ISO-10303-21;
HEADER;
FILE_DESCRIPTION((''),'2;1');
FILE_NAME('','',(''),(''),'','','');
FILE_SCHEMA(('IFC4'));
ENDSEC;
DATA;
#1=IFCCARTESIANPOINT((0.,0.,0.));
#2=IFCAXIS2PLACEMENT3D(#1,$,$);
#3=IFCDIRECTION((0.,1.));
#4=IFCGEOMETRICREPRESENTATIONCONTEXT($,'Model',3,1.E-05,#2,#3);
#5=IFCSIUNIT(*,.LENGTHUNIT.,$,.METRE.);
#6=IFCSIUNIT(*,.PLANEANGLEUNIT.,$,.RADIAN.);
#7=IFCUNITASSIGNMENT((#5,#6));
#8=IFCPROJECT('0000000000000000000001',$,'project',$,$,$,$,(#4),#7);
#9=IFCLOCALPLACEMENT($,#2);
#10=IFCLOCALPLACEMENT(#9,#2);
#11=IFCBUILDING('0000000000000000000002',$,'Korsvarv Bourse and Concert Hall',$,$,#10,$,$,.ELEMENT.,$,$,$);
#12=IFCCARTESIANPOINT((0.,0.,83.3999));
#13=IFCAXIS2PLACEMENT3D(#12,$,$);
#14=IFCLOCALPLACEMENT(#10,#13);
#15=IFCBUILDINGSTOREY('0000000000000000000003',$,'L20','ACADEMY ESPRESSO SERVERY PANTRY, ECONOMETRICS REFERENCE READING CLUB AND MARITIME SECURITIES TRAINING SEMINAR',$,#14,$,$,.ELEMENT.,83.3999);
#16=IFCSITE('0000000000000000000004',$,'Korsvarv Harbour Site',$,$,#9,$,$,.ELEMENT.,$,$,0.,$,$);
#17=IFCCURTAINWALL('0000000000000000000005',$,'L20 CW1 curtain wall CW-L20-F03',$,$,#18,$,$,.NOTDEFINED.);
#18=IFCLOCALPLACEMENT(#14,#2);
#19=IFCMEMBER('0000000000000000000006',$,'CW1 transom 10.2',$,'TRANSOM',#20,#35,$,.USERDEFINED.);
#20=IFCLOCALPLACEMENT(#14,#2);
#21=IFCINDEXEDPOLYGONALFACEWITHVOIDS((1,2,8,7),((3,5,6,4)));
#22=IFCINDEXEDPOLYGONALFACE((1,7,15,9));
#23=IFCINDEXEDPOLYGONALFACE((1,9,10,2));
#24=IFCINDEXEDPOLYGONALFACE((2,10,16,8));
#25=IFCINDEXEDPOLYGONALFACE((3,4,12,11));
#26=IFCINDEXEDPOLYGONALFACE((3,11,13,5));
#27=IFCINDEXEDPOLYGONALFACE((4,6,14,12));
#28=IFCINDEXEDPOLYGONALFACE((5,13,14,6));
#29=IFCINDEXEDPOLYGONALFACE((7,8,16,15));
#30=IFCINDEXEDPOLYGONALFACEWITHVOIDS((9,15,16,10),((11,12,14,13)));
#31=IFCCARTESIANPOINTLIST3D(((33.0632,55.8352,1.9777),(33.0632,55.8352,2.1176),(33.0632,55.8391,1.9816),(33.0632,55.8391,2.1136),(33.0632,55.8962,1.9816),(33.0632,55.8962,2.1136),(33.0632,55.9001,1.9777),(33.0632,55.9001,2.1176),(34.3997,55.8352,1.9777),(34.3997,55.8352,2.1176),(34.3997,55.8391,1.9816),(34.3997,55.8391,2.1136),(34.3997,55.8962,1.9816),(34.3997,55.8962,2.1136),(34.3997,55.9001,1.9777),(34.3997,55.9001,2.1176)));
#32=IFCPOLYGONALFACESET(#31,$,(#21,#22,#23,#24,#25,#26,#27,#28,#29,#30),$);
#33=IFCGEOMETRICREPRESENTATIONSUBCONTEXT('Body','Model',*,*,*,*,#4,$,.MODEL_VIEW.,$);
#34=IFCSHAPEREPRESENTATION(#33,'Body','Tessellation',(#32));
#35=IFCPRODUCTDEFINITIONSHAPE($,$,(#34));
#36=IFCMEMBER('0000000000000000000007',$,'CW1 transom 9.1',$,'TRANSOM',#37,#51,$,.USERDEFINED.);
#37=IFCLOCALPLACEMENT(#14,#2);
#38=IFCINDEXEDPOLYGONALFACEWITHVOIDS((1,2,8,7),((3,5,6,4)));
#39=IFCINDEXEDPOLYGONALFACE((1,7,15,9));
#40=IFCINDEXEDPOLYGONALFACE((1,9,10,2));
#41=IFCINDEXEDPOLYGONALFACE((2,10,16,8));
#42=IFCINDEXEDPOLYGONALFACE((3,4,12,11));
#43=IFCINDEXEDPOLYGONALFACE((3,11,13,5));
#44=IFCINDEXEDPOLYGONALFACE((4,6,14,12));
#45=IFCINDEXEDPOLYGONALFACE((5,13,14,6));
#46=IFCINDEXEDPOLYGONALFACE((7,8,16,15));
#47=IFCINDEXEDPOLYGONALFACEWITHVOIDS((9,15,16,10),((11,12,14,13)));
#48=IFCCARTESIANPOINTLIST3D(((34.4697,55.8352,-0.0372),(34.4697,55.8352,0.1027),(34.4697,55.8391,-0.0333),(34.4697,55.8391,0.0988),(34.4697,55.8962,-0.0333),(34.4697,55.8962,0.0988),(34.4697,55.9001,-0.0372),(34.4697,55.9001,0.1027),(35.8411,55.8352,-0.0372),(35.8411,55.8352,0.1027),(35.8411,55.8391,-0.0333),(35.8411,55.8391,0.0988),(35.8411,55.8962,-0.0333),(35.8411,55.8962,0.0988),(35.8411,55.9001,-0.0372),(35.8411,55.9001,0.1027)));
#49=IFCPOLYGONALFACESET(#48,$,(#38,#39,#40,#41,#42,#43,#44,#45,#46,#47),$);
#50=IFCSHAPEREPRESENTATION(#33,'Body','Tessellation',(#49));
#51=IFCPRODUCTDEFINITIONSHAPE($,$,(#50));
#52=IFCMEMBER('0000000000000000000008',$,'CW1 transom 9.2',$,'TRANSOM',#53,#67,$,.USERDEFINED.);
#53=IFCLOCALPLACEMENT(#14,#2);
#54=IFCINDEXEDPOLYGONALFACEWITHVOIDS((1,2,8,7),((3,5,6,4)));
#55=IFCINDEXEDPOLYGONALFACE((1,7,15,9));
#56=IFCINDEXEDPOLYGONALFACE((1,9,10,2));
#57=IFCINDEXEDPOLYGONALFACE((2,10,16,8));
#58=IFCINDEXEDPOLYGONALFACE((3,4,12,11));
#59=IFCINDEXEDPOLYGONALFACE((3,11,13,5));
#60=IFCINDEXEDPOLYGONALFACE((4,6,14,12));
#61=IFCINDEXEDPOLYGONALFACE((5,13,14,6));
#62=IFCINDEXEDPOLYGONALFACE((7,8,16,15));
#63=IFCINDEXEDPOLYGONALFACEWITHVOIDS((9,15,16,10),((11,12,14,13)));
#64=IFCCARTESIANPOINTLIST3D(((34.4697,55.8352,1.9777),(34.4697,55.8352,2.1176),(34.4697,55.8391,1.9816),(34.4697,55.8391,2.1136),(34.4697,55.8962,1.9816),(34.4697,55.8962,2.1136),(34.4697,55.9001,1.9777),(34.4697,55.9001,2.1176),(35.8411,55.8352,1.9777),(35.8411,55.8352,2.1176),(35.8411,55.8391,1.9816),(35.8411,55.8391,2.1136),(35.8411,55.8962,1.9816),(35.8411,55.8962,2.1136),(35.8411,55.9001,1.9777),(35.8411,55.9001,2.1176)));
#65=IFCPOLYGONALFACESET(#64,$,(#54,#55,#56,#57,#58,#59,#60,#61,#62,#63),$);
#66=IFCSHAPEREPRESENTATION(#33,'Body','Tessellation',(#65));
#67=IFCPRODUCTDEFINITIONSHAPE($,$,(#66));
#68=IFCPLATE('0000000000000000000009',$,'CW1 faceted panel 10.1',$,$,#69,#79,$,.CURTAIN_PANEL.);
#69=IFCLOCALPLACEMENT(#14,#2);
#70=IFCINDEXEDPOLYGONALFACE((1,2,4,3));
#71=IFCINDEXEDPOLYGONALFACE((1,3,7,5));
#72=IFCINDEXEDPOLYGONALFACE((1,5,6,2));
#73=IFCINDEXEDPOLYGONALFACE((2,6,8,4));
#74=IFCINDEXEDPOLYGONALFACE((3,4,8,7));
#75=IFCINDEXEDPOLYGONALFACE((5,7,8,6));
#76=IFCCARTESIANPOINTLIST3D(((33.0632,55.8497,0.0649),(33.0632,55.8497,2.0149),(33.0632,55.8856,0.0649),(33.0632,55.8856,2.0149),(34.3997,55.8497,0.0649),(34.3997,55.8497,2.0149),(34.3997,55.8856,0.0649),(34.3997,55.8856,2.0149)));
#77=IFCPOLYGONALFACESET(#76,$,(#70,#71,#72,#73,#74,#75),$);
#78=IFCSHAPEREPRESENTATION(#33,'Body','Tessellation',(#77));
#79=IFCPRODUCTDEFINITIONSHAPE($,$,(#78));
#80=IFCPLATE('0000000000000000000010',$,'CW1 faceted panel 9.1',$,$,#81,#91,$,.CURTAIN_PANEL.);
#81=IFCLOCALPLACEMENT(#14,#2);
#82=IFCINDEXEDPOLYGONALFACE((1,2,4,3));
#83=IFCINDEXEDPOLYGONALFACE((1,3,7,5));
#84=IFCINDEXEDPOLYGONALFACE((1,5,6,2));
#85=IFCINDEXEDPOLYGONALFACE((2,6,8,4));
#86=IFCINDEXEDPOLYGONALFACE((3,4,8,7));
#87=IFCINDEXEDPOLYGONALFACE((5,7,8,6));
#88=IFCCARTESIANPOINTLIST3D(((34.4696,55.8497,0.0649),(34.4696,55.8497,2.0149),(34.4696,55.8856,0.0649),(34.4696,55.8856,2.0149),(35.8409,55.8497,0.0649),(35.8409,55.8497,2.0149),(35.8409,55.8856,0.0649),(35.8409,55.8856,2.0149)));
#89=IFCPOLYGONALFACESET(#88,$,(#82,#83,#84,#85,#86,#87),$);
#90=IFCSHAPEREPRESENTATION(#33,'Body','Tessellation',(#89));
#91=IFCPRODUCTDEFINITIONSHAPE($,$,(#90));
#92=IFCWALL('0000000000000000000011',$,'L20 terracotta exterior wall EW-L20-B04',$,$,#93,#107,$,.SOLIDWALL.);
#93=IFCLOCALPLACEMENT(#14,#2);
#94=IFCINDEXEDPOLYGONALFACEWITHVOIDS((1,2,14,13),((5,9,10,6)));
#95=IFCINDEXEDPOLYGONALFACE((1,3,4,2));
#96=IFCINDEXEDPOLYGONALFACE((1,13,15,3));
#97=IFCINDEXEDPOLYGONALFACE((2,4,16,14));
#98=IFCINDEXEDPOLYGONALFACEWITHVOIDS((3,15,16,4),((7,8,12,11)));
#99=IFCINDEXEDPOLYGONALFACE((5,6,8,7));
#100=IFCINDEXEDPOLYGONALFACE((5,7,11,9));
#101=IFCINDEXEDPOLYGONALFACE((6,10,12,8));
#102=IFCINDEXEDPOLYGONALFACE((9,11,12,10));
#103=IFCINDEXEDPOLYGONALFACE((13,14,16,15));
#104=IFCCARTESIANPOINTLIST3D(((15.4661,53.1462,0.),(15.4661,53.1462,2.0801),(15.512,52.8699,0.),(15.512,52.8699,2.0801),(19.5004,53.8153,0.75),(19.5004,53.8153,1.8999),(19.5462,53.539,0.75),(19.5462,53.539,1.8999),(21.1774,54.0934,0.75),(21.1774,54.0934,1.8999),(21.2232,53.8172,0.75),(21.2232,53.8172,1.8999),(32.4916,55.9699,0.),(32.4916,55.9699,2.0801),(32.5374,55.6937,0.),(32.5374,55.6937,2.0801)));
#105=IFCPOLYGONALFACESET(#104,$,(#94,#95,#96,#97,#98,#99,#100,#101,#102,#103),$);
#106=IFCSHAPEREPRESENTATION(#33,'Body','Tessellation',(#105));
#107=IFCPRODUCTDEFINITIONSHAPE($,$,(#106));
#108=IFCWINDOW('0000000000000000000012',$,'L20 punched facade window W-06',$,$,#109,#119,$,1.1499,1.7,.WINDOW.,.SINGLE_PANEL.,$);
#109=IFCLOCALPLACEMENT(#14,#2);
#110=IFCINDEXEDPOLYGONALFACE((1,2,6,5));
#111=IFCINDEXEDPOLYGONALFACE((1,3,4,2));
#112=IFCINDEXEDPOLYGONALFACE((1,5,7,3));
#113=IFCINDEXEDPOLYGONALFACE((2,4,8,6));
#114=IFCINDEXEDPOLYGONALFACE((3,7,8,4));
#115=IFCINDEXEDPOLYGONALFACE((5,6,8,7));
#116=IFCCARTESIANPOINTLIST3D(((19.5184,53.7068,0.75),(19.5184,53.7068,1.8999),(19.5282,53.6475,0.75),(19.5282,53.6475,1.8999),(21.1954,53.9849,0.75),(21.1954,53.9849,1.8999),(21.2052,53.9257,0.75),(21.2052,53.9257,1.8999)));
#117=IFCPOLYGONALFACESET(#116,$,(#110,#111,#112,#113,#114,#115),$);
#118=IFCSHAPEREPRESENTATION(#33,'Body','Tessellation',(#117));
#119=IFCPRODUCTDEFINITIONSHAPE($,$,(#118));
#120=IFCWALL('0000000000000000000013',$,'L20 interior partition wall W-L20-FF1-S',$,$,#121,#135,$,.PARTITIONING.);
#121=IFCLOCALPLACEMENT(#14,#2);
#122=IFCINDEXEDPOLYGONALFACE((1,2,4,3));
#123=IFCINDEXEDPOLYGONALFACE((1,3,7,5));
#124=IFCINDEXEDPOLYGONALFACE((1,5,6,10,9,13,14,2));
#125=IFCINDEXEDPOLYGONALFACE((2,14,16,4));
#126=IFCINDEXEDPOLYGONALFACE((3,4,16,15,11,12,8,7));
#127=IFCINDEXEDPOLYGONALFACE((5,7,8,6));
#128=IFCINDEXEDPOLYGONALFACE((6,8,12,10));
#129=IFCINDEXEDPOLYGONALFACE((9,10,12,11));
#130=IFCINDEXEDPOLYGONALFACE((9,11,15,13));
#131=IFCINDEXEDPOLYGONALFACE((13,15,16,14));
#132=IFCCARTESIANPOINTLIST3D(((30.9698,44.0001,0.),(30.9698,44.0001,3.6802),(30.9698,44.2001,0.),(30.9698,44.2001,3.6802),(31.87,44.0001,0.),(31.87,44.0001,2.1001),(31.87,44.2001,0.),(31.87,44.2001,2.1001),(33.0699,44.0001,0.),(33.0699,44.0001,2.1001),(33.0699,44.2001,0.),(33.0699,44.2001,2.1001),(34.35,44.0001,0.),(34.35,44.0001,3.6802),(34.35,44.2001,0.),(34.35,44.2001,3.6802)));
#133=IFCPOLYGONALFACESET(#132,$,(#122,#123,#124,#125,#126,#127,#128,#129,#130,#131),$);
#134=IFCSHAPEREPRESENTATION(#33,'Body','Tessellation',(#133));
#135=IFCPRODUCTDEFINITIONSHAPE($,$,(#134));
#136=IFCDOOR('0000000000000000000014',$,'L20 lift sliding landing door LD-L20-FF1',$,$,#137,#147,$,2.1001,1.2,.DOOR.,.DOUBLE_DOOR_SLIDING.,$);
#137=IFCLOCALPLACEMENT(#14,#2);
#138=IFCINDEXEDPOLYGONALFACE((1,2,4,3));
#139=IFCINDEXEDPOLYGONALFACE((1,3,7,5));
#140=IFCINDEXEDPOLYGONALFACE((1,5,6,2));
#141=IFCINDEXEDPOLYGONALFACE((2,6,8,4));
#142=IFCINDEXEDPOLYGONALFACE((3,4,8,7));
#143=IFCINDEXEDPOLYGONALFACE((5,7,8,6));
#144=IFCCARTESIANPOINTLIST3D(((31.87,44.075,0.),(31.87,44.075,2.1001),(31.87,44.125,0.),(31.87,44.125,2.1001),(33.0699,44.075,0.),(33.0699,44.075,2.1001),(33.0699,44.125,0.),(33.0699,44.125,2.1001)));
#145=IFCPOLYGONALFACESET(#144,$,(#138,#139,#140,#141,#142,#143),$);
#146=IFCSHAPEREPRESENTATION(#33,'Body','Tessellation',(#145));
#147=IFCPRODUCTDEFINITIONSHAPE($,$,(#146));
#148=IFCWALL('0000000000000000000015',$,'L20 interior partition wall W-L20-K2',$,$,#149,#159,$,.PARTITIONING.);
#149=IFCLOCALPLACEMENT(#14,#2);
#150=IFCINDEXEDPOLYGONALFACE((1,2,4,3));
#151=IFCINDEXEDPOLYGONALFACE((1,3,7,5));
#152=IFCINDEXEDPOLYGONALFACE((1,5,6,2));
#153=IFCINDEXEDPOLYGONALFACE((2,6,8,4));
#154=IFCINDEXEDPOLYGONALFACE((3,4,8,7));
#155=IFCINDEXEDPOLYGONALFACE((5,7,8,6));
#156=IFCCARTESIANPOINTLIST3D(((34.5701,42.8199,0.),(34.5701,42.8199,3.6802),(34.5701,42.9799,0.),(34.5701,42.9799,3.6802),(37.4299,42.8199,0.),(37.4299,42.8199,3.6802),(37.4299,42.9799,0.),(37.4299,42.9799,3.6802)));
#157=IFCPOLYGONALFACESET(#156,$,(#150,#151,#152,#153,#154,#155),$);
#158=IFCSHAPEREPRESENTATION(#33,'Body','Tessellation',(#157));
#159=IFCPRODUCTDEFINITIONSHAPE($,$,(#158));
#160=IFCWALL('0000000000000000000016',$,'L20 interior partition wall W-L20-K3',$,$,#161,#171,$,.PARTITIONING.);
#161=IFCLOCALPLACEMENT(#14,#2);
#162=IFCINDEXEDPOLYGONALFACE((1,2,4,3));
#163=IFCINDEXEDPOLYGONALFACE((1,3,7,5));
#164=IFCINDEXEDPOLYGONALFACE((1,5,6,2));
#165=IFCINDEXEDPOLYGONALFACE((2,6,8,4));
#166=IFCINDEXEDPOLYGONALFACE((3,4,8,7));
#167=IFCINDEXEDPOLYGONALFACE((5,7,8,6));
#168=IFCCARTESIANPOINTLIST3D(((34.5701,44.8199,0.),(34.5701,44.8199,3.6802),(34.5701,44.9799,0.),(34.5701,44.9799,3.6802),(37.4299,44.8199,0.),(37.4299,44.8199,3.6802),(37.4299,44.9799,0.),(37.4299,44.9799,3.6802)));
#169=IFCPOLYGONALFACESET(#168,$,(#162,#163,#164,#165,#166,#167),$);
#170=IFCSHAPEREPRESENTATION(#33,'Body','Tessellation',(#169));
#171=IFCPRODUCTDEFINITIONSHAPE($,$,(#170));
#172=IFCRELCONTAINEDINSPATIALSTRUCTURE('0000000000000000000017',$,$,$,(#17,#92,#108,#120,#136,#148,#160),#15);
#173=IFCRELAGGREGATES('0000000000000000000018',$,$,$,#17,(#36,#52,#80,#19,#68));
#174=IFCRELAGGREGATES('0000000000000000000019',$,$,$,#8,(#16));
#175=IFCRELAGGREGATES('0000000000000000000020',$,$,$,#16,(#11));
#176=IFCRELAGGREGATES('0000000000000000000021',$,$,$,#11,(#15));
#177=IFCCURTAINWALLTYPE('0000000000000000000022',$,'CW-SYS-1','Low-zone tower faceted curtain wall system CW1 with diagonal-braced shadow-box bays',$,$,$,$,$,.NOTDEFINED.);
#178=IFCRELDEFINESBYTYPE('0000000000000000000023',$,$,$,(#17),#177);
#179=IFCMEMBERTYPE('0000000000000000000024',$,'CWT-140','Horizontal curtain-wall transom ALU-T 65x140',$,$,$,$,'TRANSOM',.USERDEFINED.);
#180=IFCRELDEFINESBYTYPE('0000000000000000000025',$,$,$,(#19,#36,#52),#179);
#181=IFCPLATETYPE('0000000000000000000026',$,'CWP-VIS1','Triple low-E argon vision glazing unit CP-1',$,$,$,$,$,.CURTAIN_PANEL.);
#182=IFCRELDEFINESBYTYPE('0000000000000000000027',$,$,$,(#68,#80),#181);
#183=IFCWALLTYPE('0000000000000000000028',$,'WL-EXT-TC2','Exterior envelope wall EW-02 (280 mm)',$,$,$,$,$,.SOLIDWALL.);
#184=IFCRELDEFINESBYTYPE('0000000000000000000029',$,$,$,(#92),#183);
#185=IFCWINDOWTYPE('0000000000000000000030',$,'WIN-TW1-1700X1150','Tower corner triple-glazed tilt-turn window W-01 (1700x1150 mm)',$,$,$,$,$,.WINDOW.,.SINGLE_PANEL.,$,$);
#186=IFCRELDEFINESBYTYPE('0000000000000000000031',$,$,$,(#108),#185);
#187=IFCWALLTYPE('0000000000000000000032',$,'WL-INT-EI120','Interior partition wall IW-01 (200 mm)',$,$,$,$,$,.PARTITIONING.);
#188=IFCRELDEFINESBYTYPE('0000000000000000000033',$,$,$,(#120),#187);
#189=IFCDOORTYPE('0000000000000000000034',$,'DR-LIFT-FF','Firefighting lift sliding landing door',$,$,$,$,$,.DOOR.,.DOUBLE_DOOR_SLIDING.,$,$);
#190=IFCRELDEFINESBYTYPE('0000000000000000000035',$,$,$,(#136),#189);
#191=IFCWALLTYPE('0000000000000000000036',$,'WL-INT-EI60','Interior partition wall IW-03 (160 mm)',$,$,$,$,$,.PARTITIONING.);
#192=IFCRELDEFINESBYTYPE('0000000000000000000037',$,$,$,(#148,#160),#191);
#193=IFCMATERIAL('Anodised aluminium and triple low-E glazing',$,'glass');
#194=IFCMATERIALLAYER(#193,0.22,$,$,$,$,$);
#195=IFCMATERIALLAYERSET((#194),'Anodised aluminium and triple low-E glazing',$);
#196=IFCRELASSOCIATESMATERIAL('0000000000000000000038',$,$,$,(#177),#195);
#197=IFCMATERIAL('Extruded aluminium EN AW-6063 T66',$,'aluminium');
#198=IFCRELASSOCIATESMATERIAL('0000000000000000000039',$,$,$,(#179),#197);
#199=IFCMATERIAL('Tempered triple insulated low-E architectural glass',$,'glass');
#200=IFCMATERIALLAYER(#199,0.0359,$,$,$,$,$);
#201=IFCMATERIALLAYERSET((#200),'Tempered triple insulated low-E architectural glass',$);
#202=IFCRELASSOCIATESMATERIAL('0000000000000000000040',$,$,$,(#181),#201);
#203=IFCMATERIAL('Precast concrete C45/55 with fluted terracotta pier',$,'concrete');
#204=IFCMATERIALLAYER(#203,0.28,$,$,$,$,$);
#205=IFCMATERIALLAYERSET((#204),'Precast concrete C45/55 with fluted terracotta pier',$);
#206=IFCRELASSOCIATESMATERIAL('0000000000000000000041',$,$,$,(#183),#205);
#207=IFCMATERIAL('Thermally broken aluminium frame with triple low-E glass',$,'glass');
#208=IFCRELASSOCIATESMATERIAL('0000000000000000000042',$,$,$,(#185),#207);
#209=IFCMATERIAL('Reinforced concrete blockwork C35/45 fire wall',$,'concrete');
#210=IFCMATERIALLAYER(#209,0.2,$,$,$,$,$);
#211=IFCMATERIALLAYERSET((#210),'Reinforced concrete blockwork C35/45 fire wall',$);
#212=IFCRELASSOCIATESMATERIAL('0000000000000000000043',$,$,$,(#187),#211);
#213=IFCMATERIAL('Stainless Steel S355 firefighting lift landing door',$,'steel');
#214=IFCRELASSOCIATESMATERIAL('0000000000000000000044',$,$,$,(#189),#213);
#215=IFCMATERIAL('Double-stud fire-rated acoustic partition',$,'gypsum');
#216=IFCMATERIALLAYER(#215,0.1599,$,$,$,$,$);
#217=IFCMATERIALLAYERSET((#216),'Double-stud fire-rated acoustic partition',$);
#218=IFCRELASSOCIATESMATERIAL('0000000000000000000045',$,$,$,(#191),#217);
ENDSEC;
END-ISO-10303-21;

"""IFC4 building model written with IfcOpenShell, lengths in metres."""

from ifc_helpers import new_model, si_unit, direction, frame, frame_2d, origin, origin_2d, place, context, subcontext, project, spatial, rectangle, hollow_rectangle, extrude, source, transform, mapped, material, layer, layer_set, material_profile, profile_set, type_object, element, fill, aggregate, save


model = new_model("IFC4")

# Units and contexts
model_context = context("Model", 3, precision=1e-05, world=origin(), true_north=direction((0.0, 1.0)))
body_context = subcontext(model_context, "Body", "Model", "MODEL_VIEW")
ifc_project = project(units=[si_unit("LENGTHUNIT", "METRE"), si_unit("PLANEANGLEUNIT", "RADIAN")], contexts=[model_context])

# Site, building, storey
site_placement = place(None, origin())
site = spatial("IfcSite", under=ifc_project, at=site_placement, Name="Korsvarv Harbour Site", CompositionType="ELEMENT", RefElevation=0.0)
building_placement = place(site_placement, origin())
building = spatial("IfcBuilding", under=site, at=building_placement, Name="Korsvarv Bourse and Concert Hall", CompositionType="ELEMENT")
storey_placement = place(building_placement, frame((0.0, 0.0, 83.3999)))
storey = spatial("IfcBuildingStorey", under=building, at=storey_placement, Name="L20", Description="ACADEMY ESPRESSO SERVERY PANTRY, ECONOMETRICS REFERENCE READING CLUB AND MARITIME SECURITIES TRAINING SEMINAR", CompositionType="ELEMENT", Elevation=83.3999)

# Curtain wall, members, plates
ifc_material_1 = material(Name="Anodised aluminium and triple low-E glazing", Category="glass")
ifc_layer_1 = layer(ifc_material_1, 0.22)
ifc_layer_set_1 = layer_set([ifc_layer_1], Name="Anodised aluminium and triple low-E glazing")
curtain_wall_type = type_object("IfcCurtainWallType", Name="CW-SYS-1", Description="Low-zone tower faceted curtain wall system CW1 with diagonal-braced shadow-box bays", PredefinedType="NOTDEFINED", material=ifc_layer_set_1)
curtain_wall_placement = place(storey_placement, origin())
curtain_wall = element("IfcCurtainWall", 1, at=curtain_wall_placement, inside=storey, type_object=curtain_wall_type, Name="L20 CW1 curtain wall CW-L20-F03", PredefinedType="NOTDEFINED")
ifc_material_2 = material(Name="Extruded aluminium EN AW-6063 T66", Category="aluminium")
ifc_material_profile_1 = material_profile(ifc_material_2, hollow_rectangle(XDim=0.0649, YDim=0.1399, WallThickness=0.0039, at=origin_2d()), Name="ALU-T 65x140")
ifc_profile_set_1 = profile_set([ifc_material_profile_1], Name="Extruded aluminium EN AW-6063 T66")
member_type_1 = type_object("IfcMemberType", Name="CWT-140", Description="Horizontal curtain-wall transom ALU-T 65x140", ElementType="TRANSOM", PredefinedType="USERDEFINED", material=ifc_profile_set_1)
shared_shape_1 = source(origin(), body_context, "Body", "SweptSolid", [
    extrude(hollow_rectangle(XDim=0.0649, YDim=0.1399, WallThickness=0.0039, at=origin_2d()), origin(), (0.0, 0.0, 1.0), 1.3364),
])
member_1_placement = place(storey_placement, frame((34.3997, 55.8677, 2.0476), z_axis=(-1.0, 0.0, 0.0), x_axis=(0.0, -1.0, 0.0)))
member_1 = element("IfcMember", 2, at=member_1_placement, type_object=member_type_1, Name="CW1 transom 10.2", ObjectType="TRANSOM", PredefinedType="USERDEFINED", context=body_context, shape_type="MappedRepresentation", body=[
    mapped(shared_shape_1, transform((0.0, 0.0, 0.0), scale=1.0)),
])
shared_shape_2 = source(origin(), body_context, "Body", "SweptSolid", [
    extrude(hollow_rectangle(XDim=0.0649, YDim=0.1399, WallThickness=0.0039, at=origin_2d()), origin(), (0.0, 0.0, 1.0), 1.3713),
])
member_2_placement = place(storey_placement, frame((35.8411, 55.8677, 0.0327), z_axis=(-1.0, 0.0, 0.0), x_axis=(0.0, -1.0, 0.0)))
member_2 = element("IfcMember", 3, at=member_2_placement, type_object=member_type_1, Name="CW1 transom 9.1", ObjectType="TRANSOM", PredefinedType="USERDEFINED", context=body_context, shape_type="MappedRepresentation", body=[
    mapped(shared_shape_2, transform((0.0, 0.0, 0.0), scale=1.0)),
])
member_3_placement = place(storey_placement, frame((35.8411, 55.8677, 2.0476), z_axis=(-1.0, 0.0, 0.0), x_axis=(0.0, -1.0, 0.0)))
member_3 = element("IfcMember", 4, at=member_3_placement, type_object=member_type_1, Name="CW1 transom 9.2", ObjectType="TRANSOM", PredefinedType="USERDEFINED", context=body_context, shape_type="MappedRepresentation", body=[
    mapped(shared_shape_2, transform((0.0, 0.0, 0.0), scale=1.0)),
])
ifc_material_3 = material(Name="Tempered triple insulated low-E architectural glass", Category="glass")
ifc_layer_2 = layer(ifc_material_3, 0.0359)
ifc_layer_set_2 = layer_set([ifc_layer_2], Name="Tempered triple insulated low-E architectural glass")
plate_type = type_object("IfcPlateType", Name="CWP-VIS1", Description="Triple low-E argon vision glazing unit CP-1", PredefinedType="CURTAIN_PANEL", material=ifc_layer_set_2)
shared_shape_3 = source(origin(), body_context, "Body", "SweptSolid", [
    extrude(rectangle(XDim=1.3364, YDim=0.0359, at=origin_2d()), origin(), (0.0, 0.0, 1.0), 1.95),
])
plate_1_placement = place(storey_placement, frame((33.7314, 55.8677, 0.0649), z_axis=(0.0, 0.0, 1.0), x_axis=(-1.0, 0.0, 0.0)))
plate_1 = element("IfcPlate", 5, at=plate_1_placement, type_object=plate_type, Name="CW1 faceted panel 10.1", PredefinedType="CURTAIN_PANEL", context=body_context, shape_type="MappedRepresentation", body=[
    mapped(shared_shape_3, transform((0.0, 0.0, 0.0), scale=1.0)),
])
shared_shape_4 = source(origin(), body_context, "Body", "SweptSolid", [
    extrude(rectangle(XDim=1.3713, YDim=0.0359, at=origin_2d()), origin(), (0.0, 0.0, 1.0), 1.95),
])
plate_2_placement = place(storey_placement, frame((35.1553, 55.8677, 0.0649), z_axis=(0.0, 0.0, 1.0), x_axis=(-1.0, 0.0, 0.0)))
plate_2 = element("IfcPlate", 6, at=plate_2_placement, type_object=plate_type, Name="CW1 faceted panel 9.1", PredefinedType="CURTAIN_PANEL", context=body_context, shape_type="MappedRepresentation", body=[
    mapped(shared_shape_4, transform((0.0, 0.0, 0.0), scale=1.0)),
])
aggregate(curtain_wall, [member_2, member_3, plate_2, member_1, plate_1])

# Wall, opening, window
ifc_material_4 = material(Name="Precast concrete C45/55 with fluted terracotta pier", Category="concrete")
ifc_layer_3 = layer(ifc_material_4, 0.28)
ifc_layer_set_3 = layer_set([ifc_layer_3], Name="Precast concrete C45/55 with fluted terracotta pier")
wall_type_1 = type_object("IfcWallType", Name="WL-EXT-TC2", Description="Exterior envelope wall EW-02 (280 mm)", PredefinedType="SOLIDWALL", material=ifc_layer_set_3)
wall_1_placement = place(storey_placement, frame((32.5144, 55.8318, 0.0), z_axis=(0.0, 0.0, 1.0), x_axis=(-0.986524, -0.163619, 0.0)))
wall_1 = element("IfcWall", 7, at=wall_1_placement, inside=storey, type_object=wall_type_1, Name="L20 terracotta exterior wall EW-L20-B04", PredefinedType="SOLIDWALL", context=body_context, shape_type="SweptSolid", body=[
    extrude(rectangle(XDim=17.2581, YDim=0.28, at=frame_2d((8.6289, 0.0))), origin(), (0.0, 0.0, 1.0), 2.0801),
])
opening_1_placement = place(wall_1_placement, frame((11.4685, 0.0, 0.75)))
opening_1 = element("IfcOpeningElement", 8, at=opening_1_placement, cuts=wall_1, PredefinedType="OPENING", context=body_context, shape_type="SweptSolid", body=[
    extrude(rectangle(XDim=1.7, YDim=1.1499, at=frame_2d((0.8501, 0.575))), frame((0.0, 0.1499, 0.0), z_axis=(0.0, -1.0, 0.0), x_axis=(1.0, 0.0, 0.0)), (0.0, 0.0, 1.0), 0.3),
])
ifc_material_5 = material(Name="Thermally broken aluminium frame with triple low-E glass", Category="glass")
window_type = type_object("IfcWindowType", Name="WIN-TW1-1700X1150", Description="Tower corner triple-glazed tilt-turn window W-01 (1700x1150 mm)", PartitioningType="SINGLE_PANEL", PredefinedType="WINDOW", material=ifc_material_5)
window_placement = place(opening_1_placement, origin())
window = element("IfcWindow", 9, at=window_placement, inside=storey, type_object=window_type, Name="L20 punched facade window W-06", OverallHeight=1.1499, OverallWidth=1.7, PartitioningType="SINGLE_PANEL", PredefinedType="WINDOW", context=body_context, shape_type="SweptSolid", body=[
    extrude(rectangle(XDim=1.7, YDim=1.1499, at=frame_2d((0.8501, 0.575))), frame((0.0, 0.03, 0.0), z_axis=(0.0, -1.0, 0.0), x_axis=(1.0, 0.0, 0.0)), (0.0, 0.0, 1.0), 0.0601),
])
fill(opening_1, window)

# Wall, opening, door
ifc_material_6 = material(Name="Reinforced concrete blockwork C35/45 fire wall", Category="concrete")
ifc_layer_4 = layer(ifc_material_6, 0.2)
ifc_layer_set_4 = layer_set([ifc_layer_4], Name="Reinforced concrete blockwork C35/45 fire wall")
wall_type_2 = type_object("IfcWallType", Name="WL-INT-EI120", Description="Interior partition wall IW-01 (200 mm)", PredefinedType="PARTITIONING", material=ifc_layer_set_4)
wall_2_placement = place(storey_placement, frame((30.97, 44.1001, 0.0), z_axis=(0.0, 0.0, 1.0), x_axis=(1.0, 0.0, 0.0)))
wall_2 = element("IfcWall", 10, at=wall_2_placement, inside=storey, type_object=wall_type_2, Name="L20 interior partition wall W-L20-FF1-S", PredefinedType="PARTITIONING", context=body_context, shape_type="SweptSolid", body=[
    extrude(rectangle(XDim=3.3801, YDim=0.2, at=frame_2d((1.6899, 0.0))), origin(), (0.0, 0.0, 1.0), 3.6802),
])
opening_2_placement = place(wall_2_placement, frame((0.8999, 0.0, 0.0)))
opening_2 = element("IfcOpeningElement", 11, at=opening_2_placement, cuts=wall_2, PredefinedType="OPENING", context=body_context, shape_type="SweptSolid", body=[
    extrude(rectangle(XDim=1.2, YDim=2.1001, at=frame_2d((0.6001, 1.05))), frame((0.0, 0.1099, 0.0), z_axis=(0.0, -1.0, 0.0), x_axis=(1.0, 0.0, 0.0)), (0.0, 0.0, 1.0), 0.22),
])
ifc_material_7 = material(Name="Stainless Steel S355 firefighting lift landing door", Category="steel")
door_type = type_object("IfcDoorType", Name="DR-LIFT-FF", Description="Firefighting lift sliding landing door", OperationType="DOUBLE_DOOR_SLIDING", PredefinedType="DOOR", material=ifc_material_7)
door_placement = place(opening_2_placement, origin())
door = element("IfcDoor", 12, at=door_placement, inside=storey, type_object=door_type, Name="L20 lift sliding landing door LD-L20-FF1", OperationType="DOUBLE_DOOR_SLIDING", OverallHeight=2.1001, OverallWidth=1.2, PredefinedType="DOOR", context=body_context, shape_type="SweptSolid", body=[
    extrude(rectangle(XDim=1.2, YDim=2.1001, at=frame_2d((0.6001, 1.05))), frame((0.0, 0.0249, 0.0), z_axis=(0.0, -1.0, 0.0), x_axis=(1.0, 0.0, 0.0)), (0.0, 0.0, 1.0), 0.05),
])
fill(opening_2, door)

# Walls
ifc_material_8 = material(Name="Double-stud fire-rated acoustic partition", Category="gypsum")
ifc_layer_5 = layer(ifc_material_8, 0.1599)
ifc_layer_set_5 = layer_set([ifc_layer_5], Name="Double-stud fire-rated acoustic partition")
wall_type_3 = type_object("IfcWallType", Name="WL-INT-EI60", Description="Interior partition wall IW-03 (160 mm)", PredefinedType="PARTITIONING", material=ifc_layer_set_5)
for number, where, z_axis, x_axis, name in (
    (13, (34.5701, 42.8999, 0.0), (0.0, 0.0, 1.0), (1.0, 0.0, 0.0), "L20 interior partition wall W-L20-K2"),
    (14, (34.5701, 44.8999, 0.0), (0.0, 0.0, 1.0), (1.0, 0.0, 0.0), "L20 interior partition wall W-L20-K3"),
):
    element("IfcWall", number, at=place(storey_placement, frame(where, z_axis=z_axis, x_axis=x_axis)), inside=storey, type_object=wall_type_3, Name=name, PredefinedType="PARTITIONING", context=body_context, shape_type="SweptSolid", body=[
        extrude(rectangle(XDim=2.8599, YDim=0.1599, at=frame_2d((1.4299, 0.0))), origin(), (0.0, 0.0, 1.0), 3.6802),
    ])

save(model, "model.ifc")
